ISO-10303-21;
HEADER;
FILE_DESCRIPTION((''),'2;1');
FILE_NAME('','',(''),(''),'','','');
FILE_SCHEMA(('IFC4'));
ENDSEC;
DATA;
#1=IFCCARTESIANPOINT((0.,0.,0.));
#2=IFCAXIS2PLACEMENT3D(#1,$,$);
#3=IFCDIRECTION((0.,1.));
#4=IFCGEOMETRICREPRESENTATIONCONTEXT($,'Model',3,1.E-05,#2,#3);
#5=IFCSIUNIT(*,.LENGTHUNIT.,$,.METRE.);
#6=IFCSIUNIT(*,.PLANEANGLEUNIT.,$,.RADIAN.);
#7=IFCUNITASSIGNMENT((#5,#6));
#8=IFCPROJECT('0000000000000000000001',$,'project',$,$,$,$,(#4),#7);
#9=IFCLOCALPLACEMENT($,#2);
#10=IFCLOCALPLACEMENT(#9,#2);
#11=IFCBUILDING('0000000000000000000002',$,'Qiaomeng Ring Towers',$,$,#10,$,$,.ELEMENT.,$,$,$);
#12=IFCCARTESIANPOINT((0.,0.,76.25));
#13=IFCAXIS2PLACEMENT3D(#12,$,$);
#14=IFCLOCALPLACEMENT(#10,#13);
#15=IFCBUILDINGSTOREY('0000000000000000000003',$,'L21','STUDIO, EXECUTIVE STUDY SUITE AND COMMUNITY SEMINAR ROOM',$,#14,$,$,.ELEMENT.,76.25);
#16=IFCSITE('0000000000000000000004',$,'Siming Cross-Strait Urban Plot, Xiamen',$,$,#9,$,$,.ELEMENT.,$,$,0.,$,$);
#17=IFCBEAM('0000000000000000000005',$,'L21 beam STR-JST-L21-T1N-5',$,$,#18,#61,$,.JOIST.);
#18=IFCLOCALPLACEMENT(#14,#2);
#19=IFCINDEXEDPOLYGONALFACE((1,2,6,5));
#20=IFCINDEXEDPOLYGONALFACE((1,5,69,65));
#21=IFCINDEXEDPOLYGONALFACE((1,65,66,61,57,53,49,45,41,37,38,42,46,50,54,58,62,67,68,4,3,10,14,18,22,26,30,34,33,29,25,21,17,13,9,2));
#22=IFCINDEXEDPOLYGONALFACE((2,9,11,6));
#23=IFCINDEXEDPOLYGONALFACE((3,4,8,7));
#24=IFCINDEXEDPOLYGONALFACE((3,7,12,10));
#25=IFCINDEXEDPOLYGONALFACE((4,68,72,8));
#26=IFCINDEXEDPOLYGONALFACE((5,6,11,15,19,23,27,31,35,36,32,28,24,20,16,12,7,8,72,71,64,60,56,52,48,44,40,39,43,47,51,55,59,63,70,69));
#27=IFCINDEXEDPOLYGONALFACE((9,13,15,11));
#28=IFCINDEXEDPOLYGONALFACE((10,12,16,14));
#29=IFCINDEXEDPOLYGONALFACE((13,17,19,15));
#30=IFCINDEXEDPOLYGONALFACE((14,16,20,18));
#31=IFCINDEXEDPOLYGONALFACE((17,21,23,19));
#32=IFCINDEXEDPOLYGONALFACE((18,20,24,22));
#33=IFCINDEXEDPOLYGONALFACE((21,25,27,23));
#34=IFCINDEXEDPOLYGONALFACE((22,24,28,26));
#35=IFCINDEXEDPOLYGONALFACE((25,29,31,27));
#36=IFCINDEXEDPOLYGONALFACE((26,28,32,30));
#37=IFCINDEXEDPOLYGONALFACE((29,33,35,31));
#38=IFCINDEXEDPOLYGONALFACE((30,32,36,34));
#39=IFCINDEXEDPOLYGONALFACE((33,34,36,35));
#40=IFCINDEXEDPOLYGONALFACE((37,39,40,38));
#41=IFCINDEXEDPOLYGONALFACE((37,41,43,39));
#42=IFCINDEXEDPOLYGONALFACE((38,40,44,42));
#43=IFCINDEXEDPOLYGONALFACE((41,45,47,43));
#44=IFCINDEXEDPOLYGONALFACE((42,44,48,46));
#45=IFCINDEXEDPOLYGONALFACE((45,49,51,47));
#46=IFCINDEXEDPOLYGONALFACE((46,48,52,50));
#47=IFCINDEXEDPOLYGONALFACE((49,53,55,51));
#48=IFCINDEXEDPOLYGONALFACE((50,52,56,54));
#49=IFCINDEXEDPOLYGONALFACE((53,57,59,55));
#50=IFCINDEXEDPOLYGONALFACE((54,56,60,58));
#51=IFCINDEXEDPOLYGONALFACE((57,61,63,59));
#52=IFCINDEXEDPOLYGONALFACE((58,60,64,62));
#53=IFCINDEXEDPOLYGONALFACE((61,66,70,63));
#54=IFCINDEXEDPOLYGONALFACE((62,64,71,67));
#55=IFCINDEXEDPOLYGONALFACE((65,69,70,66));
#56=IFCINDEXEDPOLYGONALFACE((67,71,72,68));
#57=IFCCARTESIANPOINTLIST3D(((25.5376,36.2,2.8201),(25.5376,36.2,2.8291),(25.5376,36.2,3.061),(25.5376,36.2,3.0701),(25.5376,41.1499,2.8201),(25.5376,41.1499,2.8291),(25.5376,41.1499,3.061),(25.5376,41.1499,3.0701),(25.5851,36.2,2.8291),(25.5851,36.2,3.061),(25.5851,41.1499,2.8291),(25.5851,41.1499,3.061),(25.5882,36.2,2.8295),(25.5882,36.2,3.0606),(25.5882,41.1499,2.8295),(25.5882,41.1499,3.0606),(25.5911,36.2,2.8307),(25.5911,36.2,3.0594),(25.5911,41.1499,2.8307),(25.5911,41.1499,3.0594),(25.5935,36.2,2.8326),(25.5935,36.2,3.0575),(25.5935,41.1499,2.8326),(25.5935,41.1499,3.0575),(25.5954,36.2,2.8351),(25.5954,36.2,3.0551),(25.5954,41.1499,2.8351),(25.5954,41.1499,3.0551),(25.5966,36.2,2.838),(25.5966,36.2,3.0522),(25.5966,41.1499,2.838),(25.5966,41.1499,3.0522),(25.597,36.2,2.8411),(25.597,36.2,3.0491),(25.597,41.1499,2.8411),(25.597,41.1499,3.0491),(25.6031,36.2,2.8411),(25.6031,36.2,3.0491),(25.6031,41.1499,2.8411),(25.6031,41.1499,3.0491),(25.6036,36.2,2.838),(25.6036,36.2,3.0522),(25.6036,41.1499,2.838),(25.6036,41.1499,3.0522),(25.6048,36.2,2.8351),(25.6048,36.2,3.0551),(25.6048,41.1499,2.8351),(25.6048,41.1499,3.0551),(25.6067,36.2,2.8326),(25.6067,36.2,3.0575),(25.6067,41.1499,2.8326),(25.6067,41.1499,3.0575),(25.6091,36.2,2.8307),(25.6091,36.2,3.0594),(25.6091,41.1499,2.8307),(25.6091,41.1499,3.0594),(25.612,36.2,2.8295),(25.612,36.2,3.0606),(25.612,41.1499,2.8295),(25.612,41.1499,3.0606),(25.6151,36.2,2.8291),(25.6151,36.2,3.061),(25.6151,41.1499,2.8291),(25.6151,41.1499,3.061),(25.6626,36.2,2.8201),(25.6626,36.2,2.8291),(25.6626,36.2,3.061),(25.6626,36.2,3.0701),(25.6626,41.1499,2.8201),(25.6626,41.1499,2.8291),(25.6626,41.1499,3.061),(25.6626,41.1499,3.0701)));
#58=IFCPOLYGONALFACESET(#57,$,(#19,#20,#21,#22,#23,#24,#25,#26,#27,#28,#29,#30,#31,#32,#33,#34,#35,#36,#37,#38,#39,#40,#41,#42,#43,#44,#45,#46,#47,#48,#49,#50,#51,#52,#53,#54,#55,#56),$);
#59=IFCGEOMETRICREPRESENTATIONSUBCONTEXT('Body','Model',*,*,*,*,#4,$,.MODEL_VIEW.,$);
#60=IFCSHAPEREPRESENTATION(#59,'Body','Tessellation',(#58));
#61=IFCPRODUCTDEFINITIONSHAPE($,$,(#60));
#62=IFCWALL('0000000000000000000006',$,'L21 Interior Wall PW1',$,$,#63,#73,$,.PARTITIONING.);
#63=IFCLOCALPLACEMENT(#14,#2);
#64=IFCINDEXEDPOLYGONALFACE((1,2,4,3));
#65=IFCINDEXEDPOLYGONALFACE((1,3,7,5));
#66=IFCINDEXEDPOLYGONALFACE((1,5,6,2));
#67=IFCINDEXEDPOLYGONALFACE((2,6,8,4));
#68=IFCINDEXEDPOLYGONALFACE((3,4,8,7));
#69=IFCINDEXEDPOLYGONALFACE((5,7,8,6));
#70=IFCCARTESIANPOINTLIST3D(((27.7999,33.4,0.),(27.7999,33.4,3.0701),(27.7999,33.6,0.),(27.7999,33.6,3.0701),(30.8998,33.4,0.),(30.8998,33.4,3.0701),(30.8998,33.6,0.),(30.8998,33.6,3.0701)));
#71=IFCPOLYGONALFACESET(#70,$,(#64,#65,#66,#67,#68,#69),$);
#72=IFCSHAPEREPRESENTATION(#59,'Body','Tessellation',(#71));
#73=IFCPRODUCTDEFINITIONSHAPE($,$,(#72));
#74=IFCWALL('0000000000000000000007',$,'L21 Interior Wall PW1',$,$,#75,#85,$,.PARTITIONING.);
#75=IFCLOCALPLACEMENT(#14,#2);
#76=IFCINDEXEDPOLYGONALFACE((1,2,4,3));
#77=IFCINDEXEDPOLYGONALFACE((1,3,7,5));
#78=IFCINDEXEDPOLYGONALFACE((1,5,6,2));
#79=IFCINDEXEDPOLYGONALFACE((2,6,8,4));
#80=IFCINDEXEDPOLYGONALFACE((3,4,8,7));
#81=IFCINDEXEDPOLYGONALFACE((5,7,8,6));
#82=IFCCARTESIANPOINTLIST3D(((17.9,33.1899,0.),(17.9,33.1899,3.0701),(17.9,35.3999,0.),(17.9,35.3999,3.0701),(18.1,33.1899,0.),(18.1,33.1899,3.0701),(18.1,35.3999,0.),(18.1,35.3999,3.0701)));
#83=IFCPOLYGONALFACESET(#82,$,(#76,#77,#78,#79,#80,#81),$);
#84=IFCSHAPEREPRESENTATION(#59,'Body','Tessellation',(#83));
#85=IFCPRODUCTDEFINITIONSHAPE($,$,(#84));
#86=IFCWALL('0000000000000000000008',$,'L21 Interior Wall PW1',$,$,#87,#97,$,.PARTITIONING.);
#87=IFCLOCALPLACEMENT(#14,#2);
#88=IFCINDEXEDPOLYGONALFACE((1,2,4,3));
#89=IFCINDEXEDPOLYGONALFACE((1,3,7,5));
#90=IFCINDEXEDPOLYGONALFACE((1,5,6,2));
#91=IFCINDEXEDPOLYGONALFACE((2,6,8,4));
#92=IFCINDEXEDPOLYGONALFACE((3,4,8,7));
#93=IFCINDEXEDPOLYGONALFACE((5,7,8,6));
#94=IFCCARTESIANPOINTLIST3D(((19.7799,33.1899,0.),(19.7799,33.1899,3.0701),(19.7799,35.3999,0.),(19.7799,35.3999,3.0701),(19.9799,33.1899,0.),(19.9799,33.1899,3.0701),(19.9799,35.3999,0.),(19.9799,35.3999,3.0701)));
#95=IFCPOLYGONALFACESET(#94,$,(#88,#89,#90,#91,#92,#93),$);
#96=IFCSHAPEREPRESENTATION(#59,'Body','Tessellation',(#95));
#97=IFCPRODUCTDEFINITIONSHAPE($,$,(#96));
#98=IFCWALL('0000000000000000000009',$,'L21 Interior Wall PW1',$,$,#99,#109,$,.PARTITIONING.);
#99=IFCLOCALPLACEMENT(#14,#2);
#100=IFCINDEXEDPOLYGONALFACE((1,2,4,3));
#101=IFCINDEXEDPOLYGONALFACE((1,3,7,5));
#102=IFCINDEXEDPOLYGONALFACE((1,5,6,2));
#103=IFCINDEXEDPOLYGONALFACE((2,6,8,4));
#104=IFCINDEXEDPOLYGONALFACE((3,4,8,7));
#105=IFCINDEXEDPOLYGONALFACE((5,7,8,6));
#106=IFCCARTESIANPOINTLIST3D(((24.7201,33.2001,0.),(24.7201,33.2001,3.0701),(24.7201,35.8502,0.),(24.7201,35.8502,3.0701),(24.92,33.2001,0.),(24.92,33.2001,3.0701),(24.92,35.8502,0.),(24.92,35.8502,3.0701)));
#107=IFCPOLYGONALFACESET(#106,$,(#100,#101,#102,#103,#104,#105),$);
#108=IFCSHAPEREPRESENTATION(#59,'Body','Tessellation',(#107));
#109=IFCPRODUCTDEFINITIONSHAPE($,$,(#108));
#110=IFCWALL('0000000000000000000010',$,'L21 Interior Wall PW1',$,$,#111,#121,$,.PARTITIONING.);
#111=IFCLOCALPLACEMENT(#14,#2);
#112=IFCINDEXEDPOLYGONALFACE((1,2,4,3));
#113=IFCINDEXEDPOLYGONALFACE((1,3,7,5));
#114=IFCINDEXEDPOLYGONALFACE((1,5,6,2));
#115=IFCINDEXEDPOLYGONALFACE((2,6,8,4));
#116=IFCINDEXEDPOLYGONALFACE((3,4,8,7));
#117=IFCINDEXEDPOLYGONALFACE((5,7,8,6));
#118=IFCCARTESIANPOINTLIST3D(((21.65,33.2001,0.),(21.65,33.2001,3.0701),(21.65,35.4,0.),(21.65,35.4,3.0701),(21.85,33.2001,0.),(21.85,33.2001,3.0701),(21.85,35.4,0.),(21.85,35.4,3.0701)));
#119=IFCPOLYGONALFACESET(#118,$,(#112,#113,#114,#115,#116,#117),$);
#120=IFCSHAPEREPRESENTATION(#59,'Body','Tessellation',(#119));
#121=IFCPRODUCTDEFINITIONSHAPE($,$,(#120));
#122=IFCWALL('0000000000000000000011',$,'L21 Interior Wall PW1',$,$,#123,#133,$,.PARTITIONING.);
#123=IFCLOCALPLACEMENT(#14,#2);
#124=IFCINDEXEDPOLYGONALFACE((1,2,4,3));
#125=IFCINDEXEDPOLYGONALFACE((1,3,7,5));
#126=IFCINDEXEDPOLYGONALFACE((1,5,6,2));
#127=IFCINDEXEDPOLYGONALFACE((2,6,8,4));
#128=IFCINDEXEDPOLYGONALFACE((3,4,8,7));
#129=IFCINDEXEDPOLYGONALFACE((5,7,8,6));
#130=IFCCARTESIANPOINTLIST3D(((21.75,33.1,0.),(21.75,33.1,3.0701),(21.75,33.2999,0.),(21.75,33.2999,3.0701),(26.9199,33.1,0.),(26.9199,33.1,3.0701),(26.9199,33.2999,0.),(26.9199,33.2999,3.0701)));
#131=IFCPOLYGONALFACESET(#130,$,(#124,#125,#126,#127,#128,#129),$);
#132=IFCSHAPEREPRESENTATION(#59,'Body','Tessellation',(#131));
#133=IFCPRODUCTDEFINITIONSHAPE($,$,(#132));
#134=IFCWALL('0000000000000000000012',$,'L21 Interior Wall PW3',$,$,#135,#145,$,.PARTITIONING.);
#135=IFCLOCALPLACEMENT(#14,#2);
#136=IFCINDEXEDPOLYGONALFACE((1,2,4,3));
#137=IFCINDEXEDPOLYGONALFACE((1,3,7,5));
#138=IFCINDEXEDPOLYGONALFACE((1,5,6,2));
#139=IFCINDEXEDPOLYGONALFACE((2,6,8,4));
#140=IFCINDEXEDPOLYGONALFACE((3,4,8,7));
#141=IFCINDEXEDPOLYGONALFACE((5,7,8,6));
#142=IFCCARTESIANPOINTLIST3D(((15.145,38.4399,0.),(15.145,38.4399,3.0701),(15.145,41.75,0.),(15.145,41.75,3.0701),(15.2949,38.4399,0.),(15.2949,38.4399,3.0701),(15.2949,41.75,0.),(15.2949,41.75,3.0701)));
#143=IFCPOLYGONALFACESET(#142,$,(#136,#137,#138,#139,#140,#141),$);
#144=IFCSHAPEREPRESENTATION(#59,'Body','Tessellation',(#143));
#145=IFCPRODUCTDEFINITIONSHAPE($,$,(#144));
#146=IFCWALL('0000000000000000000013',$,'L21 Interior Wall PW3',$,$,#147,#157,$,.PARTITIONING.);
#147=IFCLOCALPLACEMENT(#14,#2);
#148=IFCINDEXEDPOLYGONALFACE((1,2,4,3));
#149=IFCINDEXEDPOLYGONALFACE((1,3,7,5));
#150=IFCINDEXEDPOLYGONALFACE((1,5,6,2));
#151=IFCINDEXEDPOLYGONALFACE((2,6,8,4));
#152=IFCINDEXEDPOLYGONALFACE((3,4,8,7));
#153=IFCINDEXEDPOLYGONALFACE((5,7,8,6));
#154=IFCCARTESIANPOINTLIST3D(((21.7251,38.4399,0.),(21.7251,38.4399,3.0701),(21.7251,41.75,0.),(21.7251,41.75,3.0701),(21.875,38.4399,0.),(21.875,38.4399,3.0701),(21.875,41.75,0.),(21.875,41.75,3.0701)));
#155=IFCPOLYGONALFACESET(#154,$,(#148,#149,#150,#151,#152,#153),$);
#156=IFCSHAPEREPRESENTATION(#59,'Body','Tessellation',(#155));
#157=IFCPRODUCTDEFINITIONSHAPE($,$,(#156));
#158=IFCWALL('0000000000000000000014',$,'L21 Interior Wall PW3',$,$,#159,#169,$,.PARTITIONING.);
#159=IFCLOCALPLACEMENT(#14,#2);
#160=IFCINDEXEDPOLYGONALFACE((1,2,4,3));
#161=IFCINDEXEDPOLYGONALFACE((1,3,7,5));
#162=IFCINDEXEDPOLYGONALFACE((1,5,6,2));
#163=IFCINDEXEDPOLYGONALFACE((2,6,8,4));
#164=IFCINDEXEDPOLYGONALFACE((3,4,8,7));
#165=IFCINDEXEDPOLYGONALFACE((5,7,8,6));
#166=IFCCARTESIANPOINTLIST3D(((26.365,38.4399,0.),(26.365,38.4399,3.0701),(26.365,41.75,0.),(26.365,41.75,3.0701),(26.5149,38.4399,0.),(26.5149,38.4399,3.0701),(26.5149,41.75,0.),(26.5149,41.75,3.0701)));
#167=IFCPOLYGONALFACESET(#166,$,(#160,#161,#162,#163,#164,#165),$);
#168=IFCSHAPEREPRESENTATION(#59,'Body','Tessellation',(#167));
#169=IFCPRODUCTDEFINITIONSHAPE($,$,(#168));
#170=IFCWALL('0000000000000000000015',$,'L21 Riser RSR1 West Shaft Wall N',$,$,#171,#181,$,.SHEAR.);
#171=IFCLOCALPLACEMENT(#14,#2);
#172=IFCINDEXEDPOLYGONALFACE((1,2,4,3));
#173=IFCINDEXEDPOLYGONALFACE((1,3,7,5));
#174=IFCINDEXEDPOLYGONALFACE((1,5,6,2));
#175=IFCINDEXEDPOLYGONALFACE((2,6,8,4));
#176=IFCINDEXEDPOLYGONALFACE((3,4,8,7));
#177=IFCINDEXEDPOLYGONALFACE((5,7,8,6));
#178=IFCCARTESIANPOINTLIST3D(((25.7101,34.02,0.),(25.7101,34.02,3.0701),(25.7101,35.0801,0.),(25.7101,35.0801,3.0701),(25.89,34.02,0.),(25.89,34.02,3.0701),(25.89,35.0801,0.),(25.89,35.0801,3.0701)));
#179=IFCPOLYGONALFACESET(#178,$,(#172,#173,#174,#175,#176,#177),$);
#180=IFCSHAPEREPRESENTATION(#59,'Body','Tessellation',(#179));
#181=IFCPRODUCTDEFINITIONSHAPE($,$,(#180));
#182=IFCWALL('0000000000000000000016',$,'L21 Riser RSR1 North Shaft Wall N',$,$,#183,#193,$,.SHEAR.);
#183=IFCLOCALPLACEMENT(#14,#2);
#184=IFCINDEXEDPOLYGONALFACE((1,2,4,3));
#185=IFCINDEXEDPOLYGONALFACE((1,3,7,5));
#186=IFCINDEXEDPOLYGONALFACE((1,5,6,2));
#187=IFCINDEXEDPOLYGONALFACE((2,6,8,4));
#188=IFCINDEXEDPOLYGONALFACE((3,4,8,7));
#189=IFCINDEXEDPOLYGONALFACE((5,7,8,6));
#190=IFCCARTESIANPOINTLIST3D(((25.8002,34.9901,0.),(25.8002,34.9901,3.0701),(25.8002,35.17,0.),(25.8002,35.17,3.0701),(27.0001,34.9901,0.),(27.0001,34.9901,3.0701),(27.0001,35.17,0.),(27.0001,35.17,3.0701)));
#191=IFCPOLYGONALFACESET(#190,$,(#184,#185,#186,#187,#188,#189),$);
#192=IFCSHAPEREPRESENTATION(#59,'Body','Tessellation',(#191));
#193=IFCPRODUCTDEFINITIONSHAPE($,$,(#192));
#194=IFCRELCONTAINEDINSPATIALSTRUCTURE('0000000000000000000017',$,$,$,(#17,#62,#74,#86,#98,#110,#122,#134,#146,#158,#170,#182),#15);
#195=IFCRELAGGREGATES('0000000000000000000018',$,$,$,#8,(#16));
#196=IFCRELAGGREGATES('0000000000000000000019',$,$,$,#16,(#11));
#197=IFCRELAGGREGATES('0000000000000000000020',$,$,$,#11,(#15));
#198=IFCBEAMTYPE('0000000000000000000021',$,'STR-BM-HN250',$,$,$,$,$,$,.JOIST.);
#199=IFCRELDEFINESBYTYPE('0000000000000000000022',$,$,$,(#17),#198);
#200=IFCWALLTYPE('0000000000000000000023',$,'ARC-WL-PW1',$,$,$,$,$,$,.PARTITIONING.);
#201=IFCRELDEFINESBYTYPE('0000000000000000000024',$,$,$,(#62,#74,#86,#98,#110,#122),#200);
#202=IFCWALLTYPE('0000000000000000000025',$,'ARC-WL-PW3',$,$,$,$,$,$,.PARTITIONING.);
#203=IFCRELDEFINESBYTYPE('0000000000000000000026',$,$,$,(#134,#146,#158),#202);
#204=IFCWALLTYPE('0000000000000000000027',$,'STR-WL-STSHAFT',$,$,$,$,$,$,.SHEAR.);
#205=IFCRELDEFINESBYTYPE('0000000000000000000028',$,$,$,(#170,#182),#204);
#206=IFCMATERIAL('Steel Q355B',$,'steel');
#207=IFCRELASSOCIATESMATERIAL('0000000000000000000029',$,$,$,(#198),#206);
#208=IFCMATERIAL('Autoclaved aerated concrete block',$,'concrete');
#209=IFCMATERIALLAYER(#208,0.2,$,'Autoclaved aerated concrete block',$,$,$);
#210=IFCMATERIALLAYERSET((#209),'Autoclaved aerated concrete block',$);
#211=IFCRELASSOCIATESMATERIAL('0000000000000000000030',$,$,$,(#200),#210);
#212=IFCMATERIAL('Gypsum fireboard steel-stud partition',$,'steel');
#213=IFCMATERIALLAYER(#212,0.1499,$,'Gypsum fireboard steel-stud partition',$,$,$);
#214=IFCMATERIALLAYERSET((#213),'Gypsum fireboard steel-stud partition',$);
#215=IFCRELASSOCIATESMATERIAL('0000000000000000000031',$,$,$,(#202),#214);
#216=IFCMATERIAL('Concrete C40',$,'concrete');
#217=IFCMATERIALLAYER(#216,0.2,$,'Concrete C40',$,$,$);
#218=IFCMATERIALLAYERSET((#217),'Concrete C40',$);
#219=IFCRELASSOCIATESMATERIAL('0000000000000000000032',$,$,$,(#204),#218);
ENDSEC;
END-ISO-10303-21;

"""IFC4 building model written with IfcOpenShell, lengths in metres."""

from ifc_helpers import new_model, si_unit, direction, frame, frame_2d, origin, origin_2d, place, context, subcontext, project, spatial, rectangle, i_section, extrude, source, transform, mapped, material, layer, layer_set, material_profile, profile_set, type_object, element, save


model = new_model("IFC4")

# Units and contexts
model_context = context("Model", 3, precision=1e-05, world=origin(), true_north=direction((0.0, 1.0)))
body_context = subcontext(model_context, "Body", "Model", "MODEL_VIEW")
ifc_project = project(units=[si_unit("LENGTHUNIT", "METRE"), si_unit("PLANEANGLEUNIT", "RADIAN")], contexts=[model_context])

# Site, building, storey
site_placement = place(None, origin())
site = spatial("IfcSite", under=ifc_project, at=site_placement, Name="Siming Cross-Strait Urban Plot, Xiamen", CompositionType="ELEMENT", RefElevation=0.0)
building_placement = place(site_placement, origin())
building = spatial("IfcBuilding", under=site, at=building_placement, Name="Qiaomeng Ring Towers", CompositionType="ELEMENT")
storey_placement = place(building_placement, frame((0.0, 0.0, 76.25)))
storey = spatial("IfcBuildingStorey", under=building, at=storey_placement, Name="L21", Description="STUDIO, EXECUTIVE STUDY SUITE AND COMMUNITY SEMINAR ROOM", CompositionType="ELEMENT", Elevation=76.25)

# Beam
ifc_material_1 = material(Name="Steel Q355B", Category="steel")
ifc_material_profile_1 = material_profile(ifc_material_1, i_section(OverallWidth=0.125, OverallDepth=0.25, WebThickness=0.0061, FlangeThickness=0.009, FilletRadius=0.012, at=origin_2d()), Name="HN 250x125x6x9")
ifc_profile_set_1 = profile_set([ifc_material_profile_1], Name="Steel Q355B")
beam_type_1 = type_object("IfcBeamType", Name="STR-BM-HN250", PredefinedType="JOIST", material=ifc_profile_set_1)
shared_shape_1 = source(origin(), body_context, "Body", "SweptSolid", [
    extrude(i_section(OverallWidth=0.125, OverallDepth=0.25, WebThickness=0.0061, FlangeThickness=0.009, FilletRadius=0.012, at=origin_2d()), origin(), (0.0, 0.0, 1.0), 4.95),
])
for number, where, z_axis, x_axis, name in (
    (1, (25.6001, 36.2, 2.9451), (0.0, 1.0, 0.0), (-1.0, 0.0, 0.0), "L21 beam STR-JST-L21-T1N-5"),
):
    element("IfcBeam", number, at=place(storey_placement, frame(where, z_axis=z_axis, x_axis=x_axis)), inside=storey, type_object=beam_type_1, Name=name, PredefinedType="JOIST", context=body_context, shape_type="MappedRepresentation", body=[
        mapped(shared_shape_1, transform((0.0, 0.0, 0.0), x_axis=(1.0, 0.0, 0.0), y_axis=(0.0, 1.0, 0.0), z_axis=(0.0, 0.0, 1.0), scale=1.0)),
    ])

# Walls
ifc_material_2 = material(Name="Autoclaved aerated concrete block", Category="concrete")
ifc_layer_1 = layer(ifc_material_2, 0.2, Name="Autoclaved aerated concrete block")
ifc_layer_set_1 = layer_set([ifc_layer_1], Name="Autoclaved aerated concrete block")
wall_type_1 = type_object("IfcWallType", Name="ARC-WL-PW1", PredefinedType="PARTITIONING", material=ifc_layer_set_1)
wall_1_placement = place(storey_placement, frame((27.8, 33.5, 0.0), z_axis=(0.0, 0.0, 1.0), x_axis=(1.0, 0.0, 0.0)))
element("IfcWall", 2, at=wall_1_placement, inside=storey, type_object=wall_type_1, Name="L21 Interior Wall PW1", PredefinedType="PARTITIONING", context=body_context, shape_type="SweptSolid", body=[
    extrude(rectangle(XDim=3.0999, YDim=0.2, at=frame_2d((1.5498, 0.0))), origin(), (0.0, 0.0, 1.0), 3.0701),
])
for number, where, z_axis, x_axis, name in (
    (3, (18.0, 33.1899, 0.0), (0.0, 0.0, 1.0), (0.0, 1.0, 0.0), "L21 Interior Wall PW1"),
    (4, (19.8799, 33.1899, 0.0), (0.0, 0.0, 1.0), (0.0, 1.0, 0.0), "L21 Interior Wall PW1"),
):
    element("IfcWall", number, at=place(storey_placement, frame(where, z_axis=z_axis, x_axis=x_axis)), inside=storey, type_object=wall_type_1, Name=name, PredefinedType="PARTITIONING", context=body_context, shape_type="SweptSolid", body=[
        extrude(rectangle(XDim=2.21, YDim=0.2, at=frame_2d((1.105, 0.0))), origin(), (0.0, 0.0, 1.0), 3.0701),
    ])
wall_2_placement = place(storey_placement, frame((24.8201, 33.2, 0.0), z_axis=(0.0, 0.0, 1.0), x_axis=(0.0, 1.0, 0.0)))
element("IfcWall", 5, at=wall_2_placement, inside=storey, type_object=wall_type_1, Name="L21 Interior Wall PW1", PredefinedType="PARTITIONING", context=body_context, shape_type="SweptSolid", body=[
    extrude(rectangle(XDim=2.6501, YDim=0.2, at=frame_2d((1.3252, 0.0))), origin(), (0.0, 0.0, 1.0), 3.0701),
])
wall_3_placement = place(storey_placement, frame((21.75, 33.2, 0.0), z_axis=(0.0, 0.0, 1.0), x_axis=(0.0, 1.0, 0.0)))
element("IfcWall", 6, at=wall_3_placement, inside=storey, type_object=wall_type_1, Name="L21 Interior Wall PW1", PredefinedType="PARTITIONING", context=body_context, shape_type="SweptSolid", body=[
    extrude(rectangle(XDim=2.2, YDim=0.2, at=frame_2d((1.1001, 0.0))), origin(), (0.0, 0.0, 1.0), 3.0701),
])
wall_4_placement = place(storey_placement, frame((21.75, 33.2, 0.0), z_axis=(0.0, 0.0, 1.0), x_axis=(1.0, 0.0, 0.0)))
element("IfcWall", 7, at=wall_4_placement, inside=storey, type_object=wall_type_1, Name="L21 Interior Wall PW1", PredefinedType="PARTITIONING", context=body_context, shape_type="SweptSolid", body=[
    extrude(rectangle(XDim=5.1699, YDim=0.2, at=frame_2d((2.585, 0.0))), origin(), (0.0, 0.0, 1.0), 3.0701),
])
ifc_material_3 = material(Name="Gypsum fireboard steel-stud partition", Category="steel")
ifc_layer_2 = layer(ifc_material_3, 0.1499, Name="Gypsum fireboard steel-stud partition")
ifc_layer_set_2 = layer_set([ifc_layer_2], Name="Gypsum fireboard steel-stud partition")
wall_type_2 = type_object("IfcWallType", Name="ARC-WL-PW3", PredefinedType="PARTITIONING", material=ifc_layer_set_2)
for number, where, z_axis, x_axis, name in (
    (8, (15.22, 38.4399, 0.0), (0.0, 0.0, 1.0), (0.0, 1.0, 0.0), "L21 Interior Wall PW3"),
    (9, (21.8, 38.4399, 0.0), (0.0, 0.0, 1.0), (0.0, 1.0, 0.0), "L21 Interior Wall PW3"),
    (10, (26.4399, 38.4399, 0.0), (0.0, 0.0, 1.0), (0.0, 1.0, 0.0), "L21 Interior Wall PW3"),
):
    element("IfcWall", number, at=place(storey_placement, frame(where, z_axis=z_axis, x_axis=x_axis)), inside=storey, type_object=wall_type_2, Name=name, PredefinedType="PARTITIONING", context=body_context, shape_type="SweptSolid", body=[
        extrude(rectangle(XDim=3.3101, YDim=0.1499, at=frame_2d((1.655, 0.0))), origin(), (0.0, 0.0, 1.0), 3.0701),
    ])
ifc_material_4 = material(Name="Concrete C40", Category="concrete")
ifc_layer_3 = layer(ifc_material_4, 0.2, Name="Concrete C40")
ifc_layer_set_3 = layer_set([ifc_layer_3], Name="Concrete C40")
wall_type_3 = type_object("IfcWallType", Name="STR-WL-STSHAFT", PredefinedType="SHEAR", material=ifc_layer_set_3)
wall_5_placement = place(storey_placement, frame((25.8, 34.02, 0.0), z_axis=(0.0, 0.0, 1.0), x_axis=(0.0, 1.0, 0.0)))
element("IfcWall", 11, at=wall_5_placement, inside=storey, type_object=wall_type_3, Name="L21 Riser RSR1 West Shaft Wall N", PredefinedType="SHEAR", context=body_context, shape_type="SweptSolid", body=[
    extrude(rectangle(XDim=1.0601, YDim=0.1799, at=frame_2d((0.53, 0.0))), origin(), (0.0, 0.0, 1.0), 3.0701),
])
for number, where, z_axis, x_axis, name in (
    (12, (25.8, 35.0801, 0.0), (0.0, 0.0, 1.0), (1.0, 0.0, 0.0), "L21 Riser RSR1 North Shaft Wall N"),
):
    element("IfcWall", number, at=place(storey_placement, frame(where, z_axis=z_axis, x_axis=x_axis)), inside=storey, type_object=wall_type_3, Name=name, PredefinedType="SHEAR", context=body_context, shape_type="SweptSolid", body=[
        extrude(rectangle(XDim=1.2, YDim=0.1799, at=frame_2d((0.6001, 0.0))), origin(), (0.0, 0.0, 1.0), 3.0701),
    ])

save(model, "model.ifc")
